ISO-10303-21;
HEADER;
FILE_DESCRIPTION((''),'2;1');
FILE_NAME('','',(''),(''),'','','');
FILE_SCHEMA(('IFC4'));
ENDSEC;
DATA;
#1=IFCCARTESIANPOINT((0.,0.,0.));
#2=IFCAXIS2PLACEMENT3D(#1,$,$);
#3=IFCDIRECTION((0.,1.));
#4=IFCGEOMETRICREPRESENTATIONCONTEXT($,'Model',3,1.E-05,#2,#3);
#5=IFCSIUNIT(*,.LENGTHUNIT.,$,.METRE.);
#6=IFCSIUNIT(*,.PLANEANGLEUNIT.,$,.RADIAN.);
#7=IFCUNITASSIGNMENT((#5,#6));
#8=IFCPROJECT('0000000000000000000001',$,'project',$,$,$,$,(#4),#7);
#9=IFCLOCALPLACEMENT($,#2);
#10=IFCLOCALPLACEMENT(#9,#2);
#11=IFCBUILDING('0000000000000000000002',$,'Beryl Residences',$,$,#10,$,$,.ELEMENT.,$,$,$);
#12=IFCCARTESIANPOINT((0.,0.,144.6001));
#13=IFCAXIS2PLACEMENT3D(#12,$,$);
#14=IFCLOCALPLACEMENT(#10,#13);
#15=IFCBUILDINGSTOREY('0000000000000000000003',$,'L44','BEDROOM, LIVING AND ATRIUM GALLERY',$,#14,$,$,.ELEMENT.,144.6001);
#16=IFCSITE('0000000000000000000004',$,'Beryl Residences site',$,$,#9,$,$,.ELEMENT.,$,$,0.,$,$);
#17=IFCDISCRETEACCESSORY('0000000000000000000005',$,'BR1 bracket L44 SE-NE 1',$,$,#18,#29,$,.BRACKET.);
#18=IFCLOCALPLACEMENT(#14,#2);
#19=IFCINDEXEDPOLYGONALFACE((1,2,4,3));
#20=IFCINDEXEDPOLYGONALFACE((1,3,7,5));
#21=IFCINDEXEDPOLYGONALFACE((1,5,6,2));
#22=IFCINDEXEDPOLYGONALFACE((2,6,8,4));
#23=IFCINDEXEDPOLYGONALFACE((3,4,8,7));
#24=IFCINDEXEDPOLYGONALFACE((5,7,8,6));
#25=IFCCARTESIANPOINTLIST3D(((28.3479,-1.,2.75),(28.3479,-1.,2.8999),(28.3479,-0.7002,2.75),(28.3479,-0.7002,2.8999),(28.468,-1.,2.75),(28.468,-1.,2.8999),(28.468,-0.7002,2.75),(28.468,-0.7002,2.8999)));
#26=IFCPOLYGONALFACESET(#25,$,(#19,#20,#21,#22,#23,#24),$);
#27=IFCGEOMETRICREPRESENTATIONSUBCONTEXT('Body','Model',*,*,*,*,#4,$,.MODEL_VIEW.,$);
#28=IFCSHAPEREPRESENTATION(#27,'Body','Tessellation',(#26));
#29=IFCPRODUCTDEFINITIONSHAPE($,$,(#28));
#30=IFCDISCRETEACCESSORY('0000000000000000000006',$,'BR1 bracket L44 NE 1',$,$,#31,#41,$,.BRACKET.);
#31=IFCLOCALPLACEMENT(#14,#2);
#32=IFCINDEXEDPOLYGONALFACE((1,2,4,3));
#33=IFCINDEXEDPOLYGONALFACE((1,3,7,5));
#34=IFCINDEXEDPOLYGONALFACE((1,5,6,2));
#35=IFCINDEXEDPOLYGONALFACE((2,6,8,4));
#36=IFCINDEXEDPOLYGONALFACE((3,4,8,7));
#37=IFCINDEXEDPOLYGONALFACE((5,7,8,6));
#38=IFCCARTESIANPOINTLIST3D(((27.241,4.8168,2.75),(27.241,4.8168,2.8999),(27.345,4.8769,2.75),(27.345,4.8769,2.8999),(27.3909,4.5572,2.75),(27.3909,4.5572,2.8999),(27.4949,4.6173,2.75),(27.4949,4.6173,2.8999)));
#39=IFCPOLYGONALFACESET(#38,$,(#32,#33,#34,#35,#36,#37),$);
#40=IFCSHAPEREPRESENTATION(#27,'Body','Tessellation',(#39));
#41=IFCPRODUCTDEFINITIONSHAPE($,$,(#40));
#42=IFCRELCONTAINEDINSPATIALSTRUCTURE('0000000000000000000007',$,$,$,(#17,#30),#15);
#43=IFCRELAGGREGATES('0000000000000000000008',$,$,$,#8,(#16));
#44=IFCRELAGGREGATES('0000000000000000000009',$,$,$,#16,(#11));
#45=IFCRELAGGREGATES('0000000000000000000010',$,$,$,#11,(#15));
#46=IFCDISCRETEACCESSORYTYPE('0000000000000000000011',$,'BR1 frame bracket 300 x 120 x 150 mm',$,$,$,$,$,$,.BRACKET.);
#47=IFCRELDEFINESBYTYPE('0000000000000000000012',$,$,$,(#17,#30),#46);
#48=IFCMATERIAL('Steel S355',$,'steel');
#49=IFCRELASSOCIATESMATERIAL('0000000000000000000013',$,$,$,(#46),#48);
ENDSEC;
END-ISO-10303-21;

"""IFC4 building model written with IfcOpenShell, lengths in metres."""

from ifc_helpers import new_model, si_unit, direction, frame, origin, place, context, subcontext, project, spatial, polyline, outline, extrude, source, transform, mapped, material, type_object, type_shapes, element, save


model = new_model("IFC4")

# Units and contexts
model_context = context("Model", 3, precision=1e-05, world=origin(), true_north=direction((0.0, 1.0)))
body_context = subcontext(model_context, "Body", "Model", "MODEL_VIEW")
ifc_project = project(units=[si_unit("LENGTHUNIT", "METRE"), si_unit("PLANEANGLEUNIT", "RADIAN")], contexts=[model_context])

# Site, building, storey
site_placement = place(None, origin())
site = spatial("IfcSite", under=ifc_project, at=site_placement, Name="Beryl Residences site", CompositionType="ELEMENT", RefElevation=0.0)
building_placement = place(site_placement, origin())
building = spatial("IfcBuilding", under=site, at=building_placement, Name="Beryl Residences", CompositionType="ELEMENT")
storey_placement = place(building_placement, frame((0.0, 0.0, 144.6001)))
storey = spatial("IfcBuildingStorey", under=building, at=storey_placement, Name="L44", Description="BEDROOM, LIVING AND ATRIUM GALLERY", CompositionType="ELEMENT", Elevation=144.6001)

# Discrete accessories
ifc_material_1 = material(Name="Steel S355", Category="steel")
discrete_accessory_type = type_object("IfcDiscreteAccessoryType", Name="BR1 frame bracket 300 x 120 x 150 mm", PredefinedType="BRACKET", material=ifc_material_1)
shared_shape_1 = source(origin(), body_context, "Body", "SweptSolid", [
    extrude(outline(polyline([(-0.1499, 0.0), (0.1499, 0.0), (0.1499, 0.1201), (-0.1499, 0.1201), (-0.1499, 0.0)])), origin(), (0.0, 0.0, 1.0), 0.1499),
])
type_shapes(discrete_accessory_type, [shared_shape_1])
for number, where, z_axis, x_axis, name in (
    (1, (28.3479, -0.8501, 2.75), (0.0, 0.0, 1.0), (0.0, -1.0, 0.0), "BR1 bracket L44 SE-NE 1"),
    (2, (27.3159, 4.687, 2.75), (0.0, 0.0, 1.0), (0.5, -0.866025, 0.0), "BR1 bracket L44 NE 1"),
):
    element("IfcDiscreteAccessory", number, at=place(storey_placement, frame(where, z_axis=z_axis, x_axis=x_axis)), inside=storey, type_object=discrete_accessory_type, Name=name, PredefinedType="BRACKET", context=body_context, shape_type="MappedRepresentation", body=[
        mapped(shared_shape_1, transform((0.0, 0.0, 0.0))),
    ])

save(model, "model.ifc")
